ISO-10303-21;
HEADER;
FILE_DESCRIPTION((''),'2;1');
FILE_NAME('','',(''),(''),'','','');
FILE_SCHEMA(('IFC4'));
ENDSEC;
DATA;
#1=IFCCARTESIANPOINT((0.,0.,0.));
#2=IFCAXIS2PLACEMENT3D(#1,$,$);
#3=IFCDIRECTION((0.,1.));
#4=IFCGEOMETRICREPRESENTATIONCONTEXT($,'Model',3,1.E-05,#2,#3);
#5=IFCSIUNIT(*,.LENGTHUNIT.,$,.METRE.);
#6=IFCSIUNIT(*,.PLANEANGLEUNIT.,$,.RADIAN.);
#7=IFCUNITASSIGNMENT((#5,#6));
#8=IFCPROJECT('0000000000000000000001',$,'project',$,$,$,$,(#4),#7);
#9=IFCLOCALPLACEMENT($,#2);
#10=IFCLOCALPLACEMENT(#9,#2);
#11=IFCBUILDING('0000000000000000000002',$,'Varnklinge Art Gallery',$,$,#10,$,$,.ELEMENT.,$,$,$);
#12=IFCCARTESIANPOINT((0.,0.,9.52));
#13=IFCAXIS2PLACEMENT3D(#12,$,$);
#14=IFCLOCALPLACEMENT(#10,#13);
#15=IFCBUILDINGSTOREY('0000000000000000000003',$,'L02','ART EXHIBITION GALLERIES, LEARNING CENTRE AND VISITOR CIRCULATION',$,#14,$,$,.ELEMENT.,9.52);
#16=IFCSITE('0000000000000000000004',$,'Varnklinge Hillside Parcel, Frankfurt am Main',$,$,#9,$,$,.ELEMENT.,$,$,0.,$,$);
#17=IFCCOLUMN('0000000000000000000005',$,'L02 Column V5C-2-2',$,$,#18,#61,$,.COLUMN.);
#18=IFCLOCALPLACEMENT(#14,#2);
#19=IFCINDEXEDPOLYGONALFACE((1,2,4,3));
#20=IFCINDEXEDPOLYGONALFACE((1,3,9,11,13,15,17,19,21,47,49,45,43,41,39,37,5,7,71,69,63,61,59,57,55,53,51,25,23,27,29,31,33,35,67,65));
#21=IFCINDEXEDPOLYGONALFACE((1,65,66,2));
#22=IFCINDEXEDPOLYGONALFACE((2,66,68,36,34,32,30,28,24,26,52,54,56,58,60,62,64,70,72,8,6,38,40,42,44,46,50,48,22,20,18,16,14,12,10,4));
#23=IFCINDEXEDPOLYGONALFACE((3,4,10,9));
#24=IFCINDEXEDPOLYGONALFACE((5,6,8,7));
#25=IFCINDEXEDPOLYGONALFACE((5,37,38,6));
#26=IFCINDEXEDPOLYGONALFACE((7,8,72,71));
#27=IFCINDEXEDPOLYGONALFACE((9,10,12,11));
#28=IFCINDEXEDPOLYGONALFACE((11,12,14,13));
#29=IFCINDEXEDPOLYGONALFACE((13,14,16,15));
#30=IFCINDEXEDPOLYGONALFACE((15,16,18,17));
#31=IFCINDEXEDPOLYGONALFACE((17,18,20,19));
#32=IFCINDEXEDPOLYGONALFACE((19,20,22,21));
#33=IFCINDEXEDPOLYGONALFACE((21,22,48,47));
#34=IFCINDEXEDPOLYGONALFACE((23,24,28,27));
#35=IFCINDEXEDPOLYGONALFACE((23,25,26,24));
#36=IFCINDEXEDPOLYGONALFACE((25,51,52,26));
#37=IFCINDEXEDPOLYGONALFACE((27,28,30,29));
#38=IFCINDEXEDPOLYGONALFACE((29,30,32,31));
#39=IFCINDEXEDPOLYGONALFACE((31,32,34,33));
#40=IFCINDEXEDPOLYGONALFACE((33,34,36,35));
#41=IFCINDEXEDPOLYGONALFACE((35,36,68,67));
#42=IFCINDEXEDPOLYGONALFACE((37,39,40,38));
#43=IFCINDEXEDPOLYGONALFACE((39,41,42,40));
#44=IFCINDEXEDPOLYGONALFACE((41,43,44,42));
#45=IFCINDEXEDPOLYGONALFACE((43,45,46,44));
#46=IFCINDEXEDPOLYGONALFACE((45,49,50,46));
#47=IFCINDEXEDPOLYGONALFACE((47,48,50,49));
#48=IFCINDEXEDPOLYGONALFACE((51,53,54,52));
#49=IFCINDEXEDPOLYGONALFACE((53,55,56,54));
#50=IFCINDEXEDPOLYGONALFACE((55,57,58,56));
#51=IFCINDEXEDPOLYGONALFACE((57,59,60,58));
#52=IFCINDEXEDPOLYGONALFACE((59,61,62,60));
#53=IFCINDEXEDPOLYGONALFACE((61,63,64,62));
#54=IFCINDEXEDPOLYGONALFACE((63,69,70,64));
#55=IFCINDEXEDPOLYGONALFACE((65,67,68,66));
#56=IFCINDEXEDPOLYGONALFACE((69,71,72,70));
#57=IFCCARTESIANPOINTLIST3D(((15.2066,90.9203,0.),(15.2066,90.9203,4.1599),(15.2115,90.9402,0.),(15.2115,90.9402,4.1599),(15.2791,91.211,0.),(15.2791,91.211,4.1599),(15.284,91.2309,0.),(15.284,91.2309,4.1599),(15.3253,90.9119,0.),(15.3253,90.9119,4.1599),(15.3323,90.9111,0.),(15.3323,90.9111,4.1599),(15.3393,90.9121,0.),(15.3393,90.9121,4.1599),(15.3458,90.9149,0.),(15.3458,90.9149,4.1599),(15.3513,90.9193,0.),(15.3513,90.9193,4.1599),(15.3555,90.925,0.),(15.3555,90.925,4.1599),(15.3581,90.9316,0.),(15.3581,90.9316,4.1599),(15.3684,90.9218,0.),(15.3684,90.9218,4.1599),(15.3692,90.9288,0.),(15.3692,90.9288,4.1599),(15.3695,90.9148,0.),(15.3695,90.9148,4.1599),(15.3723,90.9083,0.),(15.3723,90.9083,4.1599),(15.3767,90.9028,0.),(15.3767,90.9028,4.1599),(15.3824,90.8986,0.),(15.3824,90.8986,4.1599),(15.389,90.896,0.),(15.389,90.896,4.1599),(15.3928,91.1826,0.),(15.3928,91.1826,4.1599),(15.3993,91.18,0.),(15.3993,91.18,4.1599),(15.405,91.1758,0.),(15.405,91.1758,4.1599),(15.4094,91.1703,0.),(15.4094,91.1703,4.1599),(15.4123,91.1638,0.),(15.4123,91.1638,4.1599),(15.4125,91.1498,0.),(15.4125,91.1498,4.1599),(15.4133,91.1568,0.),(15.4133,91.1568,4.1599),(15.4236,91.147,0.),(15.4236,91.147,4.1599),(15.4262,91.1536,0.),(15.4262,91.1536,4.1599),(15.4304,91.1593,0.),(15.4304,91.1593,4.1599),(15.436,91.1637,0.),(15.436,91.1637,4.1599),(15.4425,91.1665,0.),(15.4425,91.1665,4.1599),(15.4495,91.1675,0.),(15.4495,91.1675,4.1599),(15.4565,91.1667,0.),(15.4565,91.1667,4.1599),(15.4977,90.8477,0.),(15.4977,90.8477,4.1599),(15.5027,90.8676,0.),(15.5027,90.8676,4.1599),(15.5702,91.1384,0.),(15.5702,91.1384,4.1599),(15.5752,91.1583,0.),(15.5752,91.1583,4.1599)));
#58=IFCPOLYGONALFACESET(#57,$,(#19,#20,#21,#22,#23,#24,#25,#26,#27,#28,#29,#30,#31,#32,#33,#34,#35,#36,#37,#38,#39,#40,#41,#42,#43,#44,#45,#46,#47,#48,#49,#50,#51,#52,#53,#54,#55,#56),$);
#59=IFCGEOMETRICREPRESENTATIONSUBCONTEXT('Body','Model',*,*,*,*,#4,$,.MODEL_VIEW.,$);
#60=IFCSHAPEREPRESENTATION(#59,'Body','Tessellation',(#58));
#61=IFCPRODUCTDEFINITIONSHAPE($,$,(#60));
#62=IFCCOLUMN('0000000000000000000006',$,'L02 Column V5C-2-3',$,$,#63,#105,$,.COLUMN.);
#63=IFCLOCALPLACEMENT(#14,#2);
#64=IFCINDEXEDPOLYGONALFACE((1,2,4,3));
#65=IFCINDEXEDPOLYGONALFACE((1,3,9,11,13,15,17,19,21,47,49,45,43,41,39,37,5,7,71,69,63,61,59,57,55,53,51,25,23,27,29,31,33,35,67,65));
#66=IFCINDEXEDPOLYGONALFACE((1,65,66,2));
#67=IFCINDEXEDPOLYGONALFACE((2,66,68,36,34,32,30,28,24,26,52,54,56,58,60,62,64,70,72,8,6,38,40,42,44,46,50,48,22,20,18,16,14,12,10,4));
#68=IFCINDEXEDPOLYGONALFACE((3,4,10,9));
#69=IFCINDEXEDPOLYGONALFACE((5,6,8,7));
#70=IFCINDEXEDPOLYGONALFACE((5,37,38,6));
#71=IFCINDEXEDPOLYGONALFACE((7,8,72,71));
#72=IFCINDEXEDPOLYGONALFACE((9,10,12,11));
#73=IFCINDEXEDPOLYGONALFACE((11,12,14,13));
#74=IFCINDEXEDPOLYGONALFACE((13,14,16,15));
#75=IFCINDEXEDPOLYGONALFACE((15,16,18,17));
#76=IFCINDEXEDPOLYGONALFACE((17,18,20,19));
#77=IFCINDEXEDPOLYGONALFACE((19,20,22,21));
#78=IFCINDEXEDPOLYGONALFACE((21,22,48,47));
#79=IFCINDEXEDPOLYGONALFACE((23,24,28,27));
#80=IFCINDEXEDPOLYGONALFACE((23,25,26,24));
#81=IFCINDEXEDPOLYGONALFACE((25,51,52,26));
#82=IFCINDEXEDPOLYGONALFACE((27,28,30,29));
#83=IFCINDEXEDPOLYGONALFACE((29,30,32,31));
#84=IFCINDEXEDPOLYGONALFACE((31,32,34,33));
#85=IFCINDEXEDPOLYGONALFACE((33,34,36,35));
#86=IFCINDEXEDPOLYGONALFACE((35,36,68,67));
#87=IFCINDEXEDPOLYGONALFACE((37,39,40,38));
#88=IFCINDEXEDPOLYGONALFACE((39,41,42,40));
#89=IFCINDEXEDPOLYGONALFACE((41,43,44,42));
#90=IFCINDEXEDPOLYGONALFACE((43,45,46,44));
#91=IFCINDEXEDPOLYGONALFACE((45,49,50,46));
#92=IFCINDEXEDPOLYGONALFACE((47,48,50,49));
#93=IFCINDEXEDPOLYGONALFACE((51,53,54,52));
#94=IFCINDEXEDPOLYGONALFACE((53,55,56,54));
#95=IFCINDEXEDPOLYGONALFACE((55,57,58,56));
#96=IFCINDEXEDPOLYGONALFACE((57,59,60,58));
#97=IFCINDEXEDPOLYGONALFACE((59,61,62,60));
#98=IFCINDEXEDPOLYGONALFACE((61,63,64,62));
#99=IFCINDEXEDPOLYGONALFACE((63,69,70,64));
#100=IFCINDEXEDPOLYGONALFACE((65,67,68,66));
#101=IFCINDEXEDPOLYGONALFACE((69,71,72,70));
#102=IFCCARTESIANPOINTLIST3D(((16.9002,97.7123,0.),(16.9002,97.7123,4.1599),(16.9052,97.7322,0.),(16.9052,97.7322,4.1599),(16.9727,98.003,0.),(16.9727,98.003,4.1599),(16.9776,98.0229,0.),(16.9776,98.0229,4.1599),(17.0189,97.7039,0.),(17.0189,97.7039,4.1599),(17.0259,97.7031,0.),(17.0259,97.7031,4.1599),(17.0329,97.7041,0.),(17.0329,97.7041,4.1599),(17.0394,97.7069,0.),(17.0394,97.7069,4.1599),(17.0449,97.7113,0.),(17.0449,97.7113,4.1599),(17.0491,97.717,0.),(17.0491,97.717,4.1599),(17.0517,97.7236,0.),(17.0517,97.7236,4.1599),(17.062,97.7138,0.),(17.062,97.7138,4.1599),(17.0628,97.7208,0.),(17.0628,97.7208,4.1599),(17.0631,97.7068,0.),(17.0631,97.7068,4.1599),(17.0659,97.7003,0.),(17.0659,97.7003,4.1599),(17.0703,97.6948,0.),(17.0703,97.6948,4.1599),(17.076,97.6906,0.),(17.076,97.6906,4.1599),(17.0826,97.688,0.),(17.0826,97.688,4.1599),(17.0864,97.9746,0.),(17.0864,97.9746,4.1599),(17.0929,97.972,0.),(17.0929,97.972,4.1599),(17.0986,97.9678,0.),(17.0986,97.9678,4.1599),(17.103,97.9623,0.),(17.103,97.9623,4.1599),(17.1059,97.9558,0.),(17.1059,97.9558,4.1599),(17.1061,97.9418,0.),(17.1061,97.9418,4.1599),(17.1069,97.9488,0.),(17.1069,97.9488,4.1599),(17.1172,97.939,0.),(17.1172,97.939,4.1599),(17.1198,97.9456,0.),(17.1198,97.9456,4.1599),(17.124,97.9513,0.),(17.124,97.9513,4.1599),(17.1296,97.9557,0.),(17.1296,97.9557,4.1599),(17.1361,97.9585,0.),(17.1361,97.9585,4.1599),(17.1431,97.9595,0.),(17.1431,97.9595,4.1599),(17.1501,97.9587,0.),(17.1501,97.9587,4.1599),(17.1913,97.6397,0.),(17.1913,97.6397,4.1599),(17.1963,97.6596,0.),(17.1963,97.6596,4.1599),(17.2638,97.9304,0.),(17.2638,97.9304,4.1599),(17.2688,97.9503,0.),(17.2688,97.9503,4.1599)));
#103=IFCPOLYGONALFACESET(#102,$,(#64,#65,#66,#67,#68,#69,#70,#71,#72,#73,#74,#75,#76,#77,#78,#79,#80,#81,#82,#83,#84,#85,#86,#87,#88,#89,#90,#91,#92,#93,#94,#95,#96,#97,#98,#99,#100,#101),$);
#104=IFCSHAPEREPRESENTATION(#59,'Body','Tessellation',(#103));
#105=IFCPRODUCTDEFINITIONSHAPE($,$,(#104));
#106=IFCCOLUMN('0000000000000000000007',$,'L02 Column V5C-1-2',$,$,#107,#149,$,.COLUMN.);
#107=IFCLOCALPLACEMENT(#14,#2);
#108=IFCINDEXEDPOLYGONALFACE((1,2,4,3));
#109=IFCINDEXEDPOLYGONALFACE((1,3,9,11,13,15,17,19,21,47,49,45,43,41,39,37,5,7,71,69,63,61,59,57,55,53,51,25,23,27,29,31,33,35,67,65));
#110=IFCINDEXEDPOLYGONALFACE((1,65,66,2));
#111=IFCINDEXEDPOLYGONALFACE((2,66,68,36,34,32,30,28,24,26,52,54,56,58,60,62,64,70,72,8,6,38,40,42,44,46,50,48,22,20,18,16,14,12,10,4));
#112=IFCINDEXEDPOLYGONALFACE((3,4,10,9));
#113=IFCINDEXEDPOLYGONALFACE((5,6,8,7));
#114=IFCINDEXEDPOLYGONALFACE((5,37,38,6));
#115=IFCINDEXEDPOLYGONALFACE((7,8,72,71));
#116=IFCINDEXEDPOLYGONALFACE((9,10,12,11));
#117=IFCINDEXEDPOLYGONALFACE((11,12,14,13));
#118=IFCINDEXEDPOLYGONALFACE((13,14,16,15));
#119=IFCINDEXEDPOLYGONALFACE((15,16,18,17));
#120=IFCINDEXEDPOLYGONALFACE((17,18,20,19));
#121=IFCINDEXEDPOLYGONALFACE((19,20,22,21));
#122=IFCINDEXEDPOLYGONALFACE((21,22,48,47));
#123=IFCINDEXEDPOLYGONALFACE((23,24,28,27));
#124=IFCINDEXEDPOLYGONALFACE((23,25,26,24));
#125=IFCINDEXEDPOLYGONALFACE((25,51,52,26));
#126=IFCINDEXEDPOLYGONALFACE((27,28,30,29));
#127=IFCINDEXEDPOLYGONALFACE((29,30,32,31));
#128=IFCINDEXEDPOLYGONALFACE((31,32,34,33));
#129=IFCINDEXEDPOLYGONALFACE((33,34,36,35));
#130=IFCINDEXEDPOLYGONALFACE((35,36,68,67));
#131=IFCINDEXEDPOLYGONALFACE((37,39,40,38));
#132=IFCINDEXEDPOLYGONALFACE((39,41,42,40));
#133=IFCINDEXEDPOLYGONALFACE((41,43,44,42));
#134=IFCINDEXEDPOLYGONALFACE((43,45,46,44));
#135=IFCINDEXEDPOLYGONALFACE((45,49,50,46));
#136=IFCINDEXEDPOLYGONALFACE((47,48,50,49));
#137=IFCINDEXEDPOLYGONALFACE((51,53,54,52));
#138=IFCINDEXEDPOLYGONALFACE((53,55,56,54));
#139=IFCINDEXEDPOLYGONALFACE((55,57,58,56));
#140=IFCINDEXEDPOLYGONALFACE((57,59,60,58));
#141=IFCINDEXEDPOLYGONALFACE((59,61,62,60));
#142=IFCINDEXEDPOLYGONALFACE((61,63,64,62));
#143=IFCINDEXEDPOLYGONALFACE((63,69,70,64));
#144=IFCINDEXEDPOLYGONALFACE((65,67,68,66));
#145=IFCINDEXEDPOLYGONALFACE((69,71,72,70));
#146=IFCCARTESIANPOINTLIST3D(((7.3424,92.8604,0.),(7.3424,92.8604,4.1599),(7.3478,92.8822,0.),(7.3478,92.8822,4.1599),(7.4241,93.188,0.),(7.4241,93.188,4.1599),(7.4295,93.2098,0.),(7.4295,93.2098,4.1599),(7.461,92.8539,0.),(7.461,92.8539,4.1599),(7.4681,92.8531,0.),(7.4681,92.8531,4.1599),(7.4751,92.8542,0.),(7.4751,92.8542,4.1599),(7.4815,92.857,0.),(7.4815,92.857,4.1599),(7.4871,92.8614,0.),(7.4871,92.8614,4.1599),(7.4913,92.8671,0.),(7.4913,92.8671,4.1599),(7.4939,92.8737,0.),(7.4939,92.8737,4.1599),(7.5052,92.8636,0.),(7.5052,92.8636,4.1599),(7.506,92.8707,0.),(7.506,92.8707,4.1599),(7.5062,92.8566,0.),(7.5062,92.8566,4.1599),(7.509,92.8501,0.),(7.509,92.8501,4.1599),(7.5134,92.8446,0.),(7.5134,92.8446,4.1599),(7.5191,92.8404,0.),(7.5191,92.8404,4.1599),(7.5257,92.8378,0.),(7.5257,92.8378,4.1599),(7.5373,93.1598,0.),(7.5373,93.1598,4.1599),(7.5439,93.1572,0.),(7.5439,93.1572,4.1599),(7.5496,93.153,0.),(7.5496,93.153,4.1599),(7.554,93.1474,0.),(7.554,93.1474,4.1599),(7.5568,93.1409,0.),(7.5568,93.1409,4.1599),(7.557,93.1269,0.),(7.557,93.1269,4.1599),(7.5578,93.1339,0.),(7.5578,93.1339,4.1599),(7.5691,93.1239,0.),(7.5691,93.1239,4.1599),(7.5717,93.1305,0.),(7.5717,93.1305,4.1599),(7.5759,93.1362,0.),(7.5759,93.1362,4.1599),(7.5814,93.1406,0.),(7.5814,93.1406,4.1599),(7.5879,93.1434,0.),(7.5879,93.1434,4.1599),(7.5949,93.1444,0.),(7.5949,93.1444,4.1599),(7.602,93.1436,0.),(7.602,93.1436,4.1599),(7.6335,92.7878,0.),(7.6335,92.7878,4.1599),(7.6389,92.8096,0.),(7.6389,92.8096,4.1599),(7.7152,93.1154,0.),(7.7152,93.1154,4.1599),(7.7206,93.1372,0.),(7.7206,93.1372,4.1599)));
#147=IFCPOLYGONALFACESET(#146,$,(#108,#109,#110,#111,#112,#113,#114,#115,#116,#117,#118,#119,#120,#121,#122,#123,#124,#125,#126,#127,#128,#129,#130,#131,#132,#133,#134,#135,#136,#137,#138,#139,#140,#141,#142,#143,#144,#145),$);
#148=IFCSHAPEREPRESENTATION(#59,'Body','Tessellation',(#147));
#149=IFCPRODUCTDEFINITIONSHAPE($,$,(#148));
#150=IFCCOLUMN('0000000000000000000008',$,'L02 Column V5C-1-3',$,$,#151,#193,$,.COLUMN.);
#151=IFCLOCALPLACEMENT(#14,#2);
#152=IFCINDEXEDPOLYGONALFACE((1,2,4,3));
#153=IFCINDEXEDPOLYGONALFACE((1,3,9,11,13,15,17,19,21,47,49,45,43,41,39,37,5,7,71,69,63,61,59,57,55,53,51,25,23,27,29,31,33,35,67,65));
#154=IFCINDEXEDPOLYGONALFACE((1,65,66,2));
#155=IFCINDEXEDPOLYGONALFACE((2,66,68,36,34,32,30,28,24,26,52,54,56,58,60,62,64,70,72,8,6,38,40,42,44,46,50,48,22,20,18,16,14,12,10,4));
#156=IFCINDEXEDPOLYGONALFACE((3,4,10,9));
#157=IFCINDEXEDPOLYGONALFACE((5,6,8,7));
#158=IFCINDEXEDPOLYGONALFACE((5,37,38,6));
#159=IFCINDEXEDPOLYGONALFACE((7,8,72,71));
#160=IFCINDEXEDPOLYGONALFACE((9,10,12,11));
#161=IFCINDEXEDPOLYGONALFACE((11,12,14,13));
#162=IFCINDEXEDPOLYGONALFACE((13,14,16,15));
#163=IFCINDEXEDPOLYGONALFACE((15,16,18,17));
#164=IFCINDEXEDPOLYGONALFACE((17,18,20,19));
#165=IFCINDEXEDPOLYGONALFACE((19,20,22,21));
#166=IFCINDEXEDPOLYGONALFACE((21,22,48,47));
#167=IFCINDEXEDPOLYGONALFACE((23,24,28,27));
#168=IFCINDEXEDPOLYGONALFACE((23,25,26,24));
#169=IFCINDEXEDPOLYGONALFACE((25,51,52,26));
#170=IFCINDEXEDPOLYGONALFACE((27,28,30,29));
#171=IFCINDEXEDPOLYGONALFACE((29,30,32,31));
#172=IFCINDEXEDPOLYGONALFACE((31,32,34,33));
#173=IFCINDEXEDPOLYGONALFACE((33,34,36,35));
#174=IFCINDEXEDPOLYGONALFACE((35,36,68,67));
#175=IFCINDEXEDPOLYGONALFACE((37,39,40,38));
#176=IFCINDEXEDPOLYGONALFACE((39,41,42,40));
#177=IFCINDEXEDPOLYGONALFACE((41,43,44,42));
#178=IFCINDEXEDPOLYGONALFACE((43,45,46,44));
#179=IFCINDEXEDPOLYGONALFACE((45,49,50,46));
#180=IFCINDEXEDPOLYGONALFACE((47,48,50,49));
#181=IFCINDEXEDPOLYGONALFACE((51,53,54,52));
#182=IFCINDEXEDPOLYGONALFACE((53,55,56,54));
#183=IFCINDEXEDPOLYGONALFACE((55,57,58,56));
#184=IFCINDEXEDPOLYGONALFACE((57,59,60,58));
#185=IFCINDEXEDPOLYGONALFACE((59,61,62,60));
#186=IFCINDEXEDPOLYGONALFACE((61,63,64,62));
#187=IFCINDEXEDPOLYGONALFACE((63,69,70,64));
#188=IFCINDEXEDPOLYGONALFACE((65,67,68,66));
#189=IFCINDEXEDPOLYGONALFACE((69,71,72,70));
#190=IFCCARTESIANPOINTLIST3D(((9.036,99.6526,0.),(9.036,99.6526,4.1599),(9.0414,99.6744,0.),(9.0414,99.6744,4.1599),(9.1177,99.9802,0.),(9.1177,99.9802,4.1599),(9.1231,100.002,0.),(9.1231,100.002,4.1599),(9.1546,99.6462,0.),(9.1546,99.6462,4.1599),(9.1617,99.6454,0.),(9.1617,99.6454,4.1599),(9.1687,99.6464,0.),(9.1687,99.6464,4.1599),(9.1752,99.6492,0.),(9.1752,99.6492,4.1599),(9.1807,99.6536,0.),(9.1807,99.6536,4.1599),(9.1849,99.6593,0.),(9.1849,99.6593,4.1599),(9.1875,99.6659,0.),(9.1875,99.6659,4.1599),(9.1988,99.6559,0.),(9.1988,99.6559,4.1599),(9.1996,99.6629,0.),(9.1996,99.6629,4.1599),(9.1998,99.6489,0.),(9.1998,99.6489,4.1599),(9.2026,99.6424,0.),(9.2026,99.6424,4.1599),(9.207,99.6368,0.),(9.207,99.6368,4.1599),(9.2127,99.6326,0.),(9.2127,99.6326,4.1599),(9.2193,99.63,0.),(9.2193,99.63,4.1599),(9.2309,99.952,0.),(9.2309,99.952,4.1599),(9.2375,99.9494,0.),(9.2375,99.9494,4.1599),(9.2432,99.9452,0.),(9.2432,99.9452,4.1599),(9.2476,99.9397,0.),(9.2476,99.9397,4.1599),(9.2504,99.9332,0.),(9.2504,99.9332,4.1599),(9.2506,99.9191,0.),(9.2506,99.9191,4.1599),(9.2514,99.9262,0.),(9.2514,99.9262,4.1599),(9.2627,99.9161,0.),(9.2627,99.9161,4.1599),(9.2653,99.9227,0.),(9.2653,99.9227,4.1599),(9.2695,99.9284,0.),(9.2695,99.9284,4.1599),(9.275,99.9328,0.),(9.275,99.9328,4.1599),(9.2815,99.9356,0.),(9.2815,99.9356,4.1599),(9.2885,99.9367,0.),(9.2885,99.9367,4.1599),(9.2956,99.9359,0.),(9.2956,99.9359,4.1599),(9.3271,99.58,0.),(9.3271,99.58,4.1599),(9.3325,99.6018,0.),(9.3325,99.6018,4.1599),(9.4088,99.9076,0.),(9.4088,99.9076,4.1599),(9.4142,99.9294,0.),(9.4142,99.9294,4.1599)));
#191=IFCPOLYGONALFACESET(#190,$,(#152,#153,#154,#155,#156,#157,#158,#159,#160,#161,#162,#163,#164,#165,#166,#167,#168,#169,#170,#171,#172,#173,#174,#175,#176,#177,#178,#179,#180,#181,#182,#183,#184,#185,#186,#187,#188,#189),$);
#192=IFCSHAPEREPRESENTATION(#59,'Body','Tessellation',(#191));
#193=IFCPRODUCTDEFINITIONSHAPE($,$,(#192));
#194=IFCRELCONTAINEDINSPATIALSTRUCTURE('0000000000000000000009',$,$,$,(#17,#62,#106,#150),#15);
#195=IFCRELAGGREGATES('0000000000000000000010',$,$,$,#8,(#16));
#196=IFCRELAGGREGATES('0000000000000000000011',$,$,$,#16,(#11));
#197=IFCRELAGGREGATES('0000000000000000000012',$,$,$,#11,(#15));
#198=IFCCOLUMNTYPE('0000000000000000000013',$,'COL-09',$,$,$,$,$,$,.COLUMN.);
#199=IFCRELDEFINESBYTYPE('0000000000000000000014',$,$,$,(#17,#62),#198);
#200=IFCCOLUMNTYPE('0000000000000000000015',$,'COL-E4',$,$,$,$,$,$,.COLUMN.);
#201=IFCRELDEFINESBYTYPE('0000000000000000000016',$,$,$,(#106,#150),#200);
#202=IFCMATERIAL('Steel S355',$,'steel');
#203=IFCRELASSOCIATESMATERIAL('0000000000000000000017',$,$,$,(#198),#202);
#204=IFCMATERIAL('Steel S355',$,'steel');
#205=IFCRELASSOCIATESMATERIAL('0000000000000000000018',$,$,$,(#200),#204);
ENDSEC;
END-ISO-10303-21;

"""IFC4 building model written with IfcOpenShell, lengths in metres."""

from ifc_helpers import new_model, si_unit, direction, frame, origin, origin_2d, place, context, subcontext, project, spatial, i_section, extrude, material, material_profile, profile_set, type_object, element, save


model = new_model("IFC4")

# Units and contexts
model_context = context("Model", 3, precision=1e-05, world=origin(), true_north=direction((0.0, 1.0)))
body_context = subcontext(model_context, "Body", "Model", "MODEL_VIEW")
ifc_project = project(units=[si_unit("LENGTHUNIT", "METRE"), si_unit("PLANEANGLEUNIT", "RADIAN")], contexts=[model_context])

# Site, building, storey
site_placement = place(None, origin())
site = spatial("IfcSite", under=ifc_project, at=site_placement, Name="Varnklinge Hillside Parcel, Frankfurt am Main", CompositionType="ELEMENT", RefElevation=0.0)
building_placement = place(site_placement, origin())
building = spatial("IfcBuilding", under=site, at=building_placement, Name="Varnklinge Art Gallery", CompositionType="ELEMENT")
storey_placement = place(building_placement, frame((0.0, 0.0, 9.52)))
storey = spatial("IfcBuildingStorey", under=building, at=storey_placement, Name="L02", Description="ART EXHIBITION GALLERIES, LEARNING CENTRE AND VISITOR CIRCULATION", CompositionType="ELEMENT", Elevation=9.52)

# Columns
ifc_material_1 = material(Name="Steel S355", Category="steel")
ifc_material_profile_1 = material_profile(ifc_material_1, i_section(OverallWidth=0.3, OverallDepth=0.3201, WebThickness=0.0115, FlangeThickness=0.0205, FilletRadius=0.0271, at=origin_2d()), Name="HEB 320")
ifc_profile_set_1 = profile_set([ifc_material_profile_1], Name="Steel S355")
column_type_1 = type_object("IfcColumnType", Name="COL-09", PredefinedType="COLUMN", material=ifc_profile_set_1)
for number, where, z_axis, x_axis, name in (
    (1, (15.3909, 91.0393, 0.0), (0.0, 0.0, 1.0), (0.970296, -0.241922, 0.0), "L02 Column V5C-2-2"),
    (2, (17.0845, 97.8313, 0.0), (0.0, 0.0, 1.0), (0.970296, -0.241922, 0.0), "L02 Column V5C-2-3"),
):
    element("IfcColumn", number, at=place(storey_placement, frame(where, z_axis=z_axis, x_axis=x_axis)), inside=storey, type_object=column_type_1, Name=name, PredefinedType="COLUMN", context=body_context, shape_type="SweptSolid", body=[
        extrude(i_section(OverallWidth=0.3, OverallDepth=0.3201, WebThickness=0.0115, FlangeThickness=0.0205, FilletRadius=0.0271, at=origin_2d()), origin(), (0.0, 0.0, 1.0), 4.1599),
    ])
ifc_material_2 = material(Name="Steel S355", Category="steel")
ifc_material_profile_2 = material_profile(ifc_material_2, i_section(OverallWidth=0.3, OverallDepth=0.3601, WebThickness=0.0125, FlangeThickness=0.0225, FilletRadius=0.0271, at=origin_2d()), Name="HEB 360")
ifc_profile_set_2 = profile_set([ifc_material_profile_2], Name="Steel S355")
column_type_2 = type_object("IfcColumnType", Name="COL-E4", PredefinedType="COLUMN", material=ifc_profile_set_2)
for number, where, z_axis, x_axis, name in (
    (3, (7.5315, 92.9988, 0.0), (0.0, 0.0, 1.0), (0.970296, -0.241922, 0.0), "L02 Column V5C-1-2"),
    (4, (9.2251, 99.791, 0.0), (0.0, 0.0, 1.0), (0.970296, -0.241922, 0.0), "L02 Column V5C-1-3"),
):
    element("IfcColumn", number, at=place(storey_placement, frame(where, z_axis=z_axis, x_axis=x_axis)), inside=storey, type_object=column_type_2, Name=name, PredefinedType="COLUMN", context=body_context, shape_type="SweptSolid", body=[
        extrude(i_section(OverallWidth=0.3, OverallDepth=0.3601, WebThickness=0.0125, FlangeThickness=0.0225, FilletRadius=0.0271, at=origin_2d()), origin(), (0.0, 0.0, 1.0), 4.1599),
    ])

save(model, "model.ifc")
